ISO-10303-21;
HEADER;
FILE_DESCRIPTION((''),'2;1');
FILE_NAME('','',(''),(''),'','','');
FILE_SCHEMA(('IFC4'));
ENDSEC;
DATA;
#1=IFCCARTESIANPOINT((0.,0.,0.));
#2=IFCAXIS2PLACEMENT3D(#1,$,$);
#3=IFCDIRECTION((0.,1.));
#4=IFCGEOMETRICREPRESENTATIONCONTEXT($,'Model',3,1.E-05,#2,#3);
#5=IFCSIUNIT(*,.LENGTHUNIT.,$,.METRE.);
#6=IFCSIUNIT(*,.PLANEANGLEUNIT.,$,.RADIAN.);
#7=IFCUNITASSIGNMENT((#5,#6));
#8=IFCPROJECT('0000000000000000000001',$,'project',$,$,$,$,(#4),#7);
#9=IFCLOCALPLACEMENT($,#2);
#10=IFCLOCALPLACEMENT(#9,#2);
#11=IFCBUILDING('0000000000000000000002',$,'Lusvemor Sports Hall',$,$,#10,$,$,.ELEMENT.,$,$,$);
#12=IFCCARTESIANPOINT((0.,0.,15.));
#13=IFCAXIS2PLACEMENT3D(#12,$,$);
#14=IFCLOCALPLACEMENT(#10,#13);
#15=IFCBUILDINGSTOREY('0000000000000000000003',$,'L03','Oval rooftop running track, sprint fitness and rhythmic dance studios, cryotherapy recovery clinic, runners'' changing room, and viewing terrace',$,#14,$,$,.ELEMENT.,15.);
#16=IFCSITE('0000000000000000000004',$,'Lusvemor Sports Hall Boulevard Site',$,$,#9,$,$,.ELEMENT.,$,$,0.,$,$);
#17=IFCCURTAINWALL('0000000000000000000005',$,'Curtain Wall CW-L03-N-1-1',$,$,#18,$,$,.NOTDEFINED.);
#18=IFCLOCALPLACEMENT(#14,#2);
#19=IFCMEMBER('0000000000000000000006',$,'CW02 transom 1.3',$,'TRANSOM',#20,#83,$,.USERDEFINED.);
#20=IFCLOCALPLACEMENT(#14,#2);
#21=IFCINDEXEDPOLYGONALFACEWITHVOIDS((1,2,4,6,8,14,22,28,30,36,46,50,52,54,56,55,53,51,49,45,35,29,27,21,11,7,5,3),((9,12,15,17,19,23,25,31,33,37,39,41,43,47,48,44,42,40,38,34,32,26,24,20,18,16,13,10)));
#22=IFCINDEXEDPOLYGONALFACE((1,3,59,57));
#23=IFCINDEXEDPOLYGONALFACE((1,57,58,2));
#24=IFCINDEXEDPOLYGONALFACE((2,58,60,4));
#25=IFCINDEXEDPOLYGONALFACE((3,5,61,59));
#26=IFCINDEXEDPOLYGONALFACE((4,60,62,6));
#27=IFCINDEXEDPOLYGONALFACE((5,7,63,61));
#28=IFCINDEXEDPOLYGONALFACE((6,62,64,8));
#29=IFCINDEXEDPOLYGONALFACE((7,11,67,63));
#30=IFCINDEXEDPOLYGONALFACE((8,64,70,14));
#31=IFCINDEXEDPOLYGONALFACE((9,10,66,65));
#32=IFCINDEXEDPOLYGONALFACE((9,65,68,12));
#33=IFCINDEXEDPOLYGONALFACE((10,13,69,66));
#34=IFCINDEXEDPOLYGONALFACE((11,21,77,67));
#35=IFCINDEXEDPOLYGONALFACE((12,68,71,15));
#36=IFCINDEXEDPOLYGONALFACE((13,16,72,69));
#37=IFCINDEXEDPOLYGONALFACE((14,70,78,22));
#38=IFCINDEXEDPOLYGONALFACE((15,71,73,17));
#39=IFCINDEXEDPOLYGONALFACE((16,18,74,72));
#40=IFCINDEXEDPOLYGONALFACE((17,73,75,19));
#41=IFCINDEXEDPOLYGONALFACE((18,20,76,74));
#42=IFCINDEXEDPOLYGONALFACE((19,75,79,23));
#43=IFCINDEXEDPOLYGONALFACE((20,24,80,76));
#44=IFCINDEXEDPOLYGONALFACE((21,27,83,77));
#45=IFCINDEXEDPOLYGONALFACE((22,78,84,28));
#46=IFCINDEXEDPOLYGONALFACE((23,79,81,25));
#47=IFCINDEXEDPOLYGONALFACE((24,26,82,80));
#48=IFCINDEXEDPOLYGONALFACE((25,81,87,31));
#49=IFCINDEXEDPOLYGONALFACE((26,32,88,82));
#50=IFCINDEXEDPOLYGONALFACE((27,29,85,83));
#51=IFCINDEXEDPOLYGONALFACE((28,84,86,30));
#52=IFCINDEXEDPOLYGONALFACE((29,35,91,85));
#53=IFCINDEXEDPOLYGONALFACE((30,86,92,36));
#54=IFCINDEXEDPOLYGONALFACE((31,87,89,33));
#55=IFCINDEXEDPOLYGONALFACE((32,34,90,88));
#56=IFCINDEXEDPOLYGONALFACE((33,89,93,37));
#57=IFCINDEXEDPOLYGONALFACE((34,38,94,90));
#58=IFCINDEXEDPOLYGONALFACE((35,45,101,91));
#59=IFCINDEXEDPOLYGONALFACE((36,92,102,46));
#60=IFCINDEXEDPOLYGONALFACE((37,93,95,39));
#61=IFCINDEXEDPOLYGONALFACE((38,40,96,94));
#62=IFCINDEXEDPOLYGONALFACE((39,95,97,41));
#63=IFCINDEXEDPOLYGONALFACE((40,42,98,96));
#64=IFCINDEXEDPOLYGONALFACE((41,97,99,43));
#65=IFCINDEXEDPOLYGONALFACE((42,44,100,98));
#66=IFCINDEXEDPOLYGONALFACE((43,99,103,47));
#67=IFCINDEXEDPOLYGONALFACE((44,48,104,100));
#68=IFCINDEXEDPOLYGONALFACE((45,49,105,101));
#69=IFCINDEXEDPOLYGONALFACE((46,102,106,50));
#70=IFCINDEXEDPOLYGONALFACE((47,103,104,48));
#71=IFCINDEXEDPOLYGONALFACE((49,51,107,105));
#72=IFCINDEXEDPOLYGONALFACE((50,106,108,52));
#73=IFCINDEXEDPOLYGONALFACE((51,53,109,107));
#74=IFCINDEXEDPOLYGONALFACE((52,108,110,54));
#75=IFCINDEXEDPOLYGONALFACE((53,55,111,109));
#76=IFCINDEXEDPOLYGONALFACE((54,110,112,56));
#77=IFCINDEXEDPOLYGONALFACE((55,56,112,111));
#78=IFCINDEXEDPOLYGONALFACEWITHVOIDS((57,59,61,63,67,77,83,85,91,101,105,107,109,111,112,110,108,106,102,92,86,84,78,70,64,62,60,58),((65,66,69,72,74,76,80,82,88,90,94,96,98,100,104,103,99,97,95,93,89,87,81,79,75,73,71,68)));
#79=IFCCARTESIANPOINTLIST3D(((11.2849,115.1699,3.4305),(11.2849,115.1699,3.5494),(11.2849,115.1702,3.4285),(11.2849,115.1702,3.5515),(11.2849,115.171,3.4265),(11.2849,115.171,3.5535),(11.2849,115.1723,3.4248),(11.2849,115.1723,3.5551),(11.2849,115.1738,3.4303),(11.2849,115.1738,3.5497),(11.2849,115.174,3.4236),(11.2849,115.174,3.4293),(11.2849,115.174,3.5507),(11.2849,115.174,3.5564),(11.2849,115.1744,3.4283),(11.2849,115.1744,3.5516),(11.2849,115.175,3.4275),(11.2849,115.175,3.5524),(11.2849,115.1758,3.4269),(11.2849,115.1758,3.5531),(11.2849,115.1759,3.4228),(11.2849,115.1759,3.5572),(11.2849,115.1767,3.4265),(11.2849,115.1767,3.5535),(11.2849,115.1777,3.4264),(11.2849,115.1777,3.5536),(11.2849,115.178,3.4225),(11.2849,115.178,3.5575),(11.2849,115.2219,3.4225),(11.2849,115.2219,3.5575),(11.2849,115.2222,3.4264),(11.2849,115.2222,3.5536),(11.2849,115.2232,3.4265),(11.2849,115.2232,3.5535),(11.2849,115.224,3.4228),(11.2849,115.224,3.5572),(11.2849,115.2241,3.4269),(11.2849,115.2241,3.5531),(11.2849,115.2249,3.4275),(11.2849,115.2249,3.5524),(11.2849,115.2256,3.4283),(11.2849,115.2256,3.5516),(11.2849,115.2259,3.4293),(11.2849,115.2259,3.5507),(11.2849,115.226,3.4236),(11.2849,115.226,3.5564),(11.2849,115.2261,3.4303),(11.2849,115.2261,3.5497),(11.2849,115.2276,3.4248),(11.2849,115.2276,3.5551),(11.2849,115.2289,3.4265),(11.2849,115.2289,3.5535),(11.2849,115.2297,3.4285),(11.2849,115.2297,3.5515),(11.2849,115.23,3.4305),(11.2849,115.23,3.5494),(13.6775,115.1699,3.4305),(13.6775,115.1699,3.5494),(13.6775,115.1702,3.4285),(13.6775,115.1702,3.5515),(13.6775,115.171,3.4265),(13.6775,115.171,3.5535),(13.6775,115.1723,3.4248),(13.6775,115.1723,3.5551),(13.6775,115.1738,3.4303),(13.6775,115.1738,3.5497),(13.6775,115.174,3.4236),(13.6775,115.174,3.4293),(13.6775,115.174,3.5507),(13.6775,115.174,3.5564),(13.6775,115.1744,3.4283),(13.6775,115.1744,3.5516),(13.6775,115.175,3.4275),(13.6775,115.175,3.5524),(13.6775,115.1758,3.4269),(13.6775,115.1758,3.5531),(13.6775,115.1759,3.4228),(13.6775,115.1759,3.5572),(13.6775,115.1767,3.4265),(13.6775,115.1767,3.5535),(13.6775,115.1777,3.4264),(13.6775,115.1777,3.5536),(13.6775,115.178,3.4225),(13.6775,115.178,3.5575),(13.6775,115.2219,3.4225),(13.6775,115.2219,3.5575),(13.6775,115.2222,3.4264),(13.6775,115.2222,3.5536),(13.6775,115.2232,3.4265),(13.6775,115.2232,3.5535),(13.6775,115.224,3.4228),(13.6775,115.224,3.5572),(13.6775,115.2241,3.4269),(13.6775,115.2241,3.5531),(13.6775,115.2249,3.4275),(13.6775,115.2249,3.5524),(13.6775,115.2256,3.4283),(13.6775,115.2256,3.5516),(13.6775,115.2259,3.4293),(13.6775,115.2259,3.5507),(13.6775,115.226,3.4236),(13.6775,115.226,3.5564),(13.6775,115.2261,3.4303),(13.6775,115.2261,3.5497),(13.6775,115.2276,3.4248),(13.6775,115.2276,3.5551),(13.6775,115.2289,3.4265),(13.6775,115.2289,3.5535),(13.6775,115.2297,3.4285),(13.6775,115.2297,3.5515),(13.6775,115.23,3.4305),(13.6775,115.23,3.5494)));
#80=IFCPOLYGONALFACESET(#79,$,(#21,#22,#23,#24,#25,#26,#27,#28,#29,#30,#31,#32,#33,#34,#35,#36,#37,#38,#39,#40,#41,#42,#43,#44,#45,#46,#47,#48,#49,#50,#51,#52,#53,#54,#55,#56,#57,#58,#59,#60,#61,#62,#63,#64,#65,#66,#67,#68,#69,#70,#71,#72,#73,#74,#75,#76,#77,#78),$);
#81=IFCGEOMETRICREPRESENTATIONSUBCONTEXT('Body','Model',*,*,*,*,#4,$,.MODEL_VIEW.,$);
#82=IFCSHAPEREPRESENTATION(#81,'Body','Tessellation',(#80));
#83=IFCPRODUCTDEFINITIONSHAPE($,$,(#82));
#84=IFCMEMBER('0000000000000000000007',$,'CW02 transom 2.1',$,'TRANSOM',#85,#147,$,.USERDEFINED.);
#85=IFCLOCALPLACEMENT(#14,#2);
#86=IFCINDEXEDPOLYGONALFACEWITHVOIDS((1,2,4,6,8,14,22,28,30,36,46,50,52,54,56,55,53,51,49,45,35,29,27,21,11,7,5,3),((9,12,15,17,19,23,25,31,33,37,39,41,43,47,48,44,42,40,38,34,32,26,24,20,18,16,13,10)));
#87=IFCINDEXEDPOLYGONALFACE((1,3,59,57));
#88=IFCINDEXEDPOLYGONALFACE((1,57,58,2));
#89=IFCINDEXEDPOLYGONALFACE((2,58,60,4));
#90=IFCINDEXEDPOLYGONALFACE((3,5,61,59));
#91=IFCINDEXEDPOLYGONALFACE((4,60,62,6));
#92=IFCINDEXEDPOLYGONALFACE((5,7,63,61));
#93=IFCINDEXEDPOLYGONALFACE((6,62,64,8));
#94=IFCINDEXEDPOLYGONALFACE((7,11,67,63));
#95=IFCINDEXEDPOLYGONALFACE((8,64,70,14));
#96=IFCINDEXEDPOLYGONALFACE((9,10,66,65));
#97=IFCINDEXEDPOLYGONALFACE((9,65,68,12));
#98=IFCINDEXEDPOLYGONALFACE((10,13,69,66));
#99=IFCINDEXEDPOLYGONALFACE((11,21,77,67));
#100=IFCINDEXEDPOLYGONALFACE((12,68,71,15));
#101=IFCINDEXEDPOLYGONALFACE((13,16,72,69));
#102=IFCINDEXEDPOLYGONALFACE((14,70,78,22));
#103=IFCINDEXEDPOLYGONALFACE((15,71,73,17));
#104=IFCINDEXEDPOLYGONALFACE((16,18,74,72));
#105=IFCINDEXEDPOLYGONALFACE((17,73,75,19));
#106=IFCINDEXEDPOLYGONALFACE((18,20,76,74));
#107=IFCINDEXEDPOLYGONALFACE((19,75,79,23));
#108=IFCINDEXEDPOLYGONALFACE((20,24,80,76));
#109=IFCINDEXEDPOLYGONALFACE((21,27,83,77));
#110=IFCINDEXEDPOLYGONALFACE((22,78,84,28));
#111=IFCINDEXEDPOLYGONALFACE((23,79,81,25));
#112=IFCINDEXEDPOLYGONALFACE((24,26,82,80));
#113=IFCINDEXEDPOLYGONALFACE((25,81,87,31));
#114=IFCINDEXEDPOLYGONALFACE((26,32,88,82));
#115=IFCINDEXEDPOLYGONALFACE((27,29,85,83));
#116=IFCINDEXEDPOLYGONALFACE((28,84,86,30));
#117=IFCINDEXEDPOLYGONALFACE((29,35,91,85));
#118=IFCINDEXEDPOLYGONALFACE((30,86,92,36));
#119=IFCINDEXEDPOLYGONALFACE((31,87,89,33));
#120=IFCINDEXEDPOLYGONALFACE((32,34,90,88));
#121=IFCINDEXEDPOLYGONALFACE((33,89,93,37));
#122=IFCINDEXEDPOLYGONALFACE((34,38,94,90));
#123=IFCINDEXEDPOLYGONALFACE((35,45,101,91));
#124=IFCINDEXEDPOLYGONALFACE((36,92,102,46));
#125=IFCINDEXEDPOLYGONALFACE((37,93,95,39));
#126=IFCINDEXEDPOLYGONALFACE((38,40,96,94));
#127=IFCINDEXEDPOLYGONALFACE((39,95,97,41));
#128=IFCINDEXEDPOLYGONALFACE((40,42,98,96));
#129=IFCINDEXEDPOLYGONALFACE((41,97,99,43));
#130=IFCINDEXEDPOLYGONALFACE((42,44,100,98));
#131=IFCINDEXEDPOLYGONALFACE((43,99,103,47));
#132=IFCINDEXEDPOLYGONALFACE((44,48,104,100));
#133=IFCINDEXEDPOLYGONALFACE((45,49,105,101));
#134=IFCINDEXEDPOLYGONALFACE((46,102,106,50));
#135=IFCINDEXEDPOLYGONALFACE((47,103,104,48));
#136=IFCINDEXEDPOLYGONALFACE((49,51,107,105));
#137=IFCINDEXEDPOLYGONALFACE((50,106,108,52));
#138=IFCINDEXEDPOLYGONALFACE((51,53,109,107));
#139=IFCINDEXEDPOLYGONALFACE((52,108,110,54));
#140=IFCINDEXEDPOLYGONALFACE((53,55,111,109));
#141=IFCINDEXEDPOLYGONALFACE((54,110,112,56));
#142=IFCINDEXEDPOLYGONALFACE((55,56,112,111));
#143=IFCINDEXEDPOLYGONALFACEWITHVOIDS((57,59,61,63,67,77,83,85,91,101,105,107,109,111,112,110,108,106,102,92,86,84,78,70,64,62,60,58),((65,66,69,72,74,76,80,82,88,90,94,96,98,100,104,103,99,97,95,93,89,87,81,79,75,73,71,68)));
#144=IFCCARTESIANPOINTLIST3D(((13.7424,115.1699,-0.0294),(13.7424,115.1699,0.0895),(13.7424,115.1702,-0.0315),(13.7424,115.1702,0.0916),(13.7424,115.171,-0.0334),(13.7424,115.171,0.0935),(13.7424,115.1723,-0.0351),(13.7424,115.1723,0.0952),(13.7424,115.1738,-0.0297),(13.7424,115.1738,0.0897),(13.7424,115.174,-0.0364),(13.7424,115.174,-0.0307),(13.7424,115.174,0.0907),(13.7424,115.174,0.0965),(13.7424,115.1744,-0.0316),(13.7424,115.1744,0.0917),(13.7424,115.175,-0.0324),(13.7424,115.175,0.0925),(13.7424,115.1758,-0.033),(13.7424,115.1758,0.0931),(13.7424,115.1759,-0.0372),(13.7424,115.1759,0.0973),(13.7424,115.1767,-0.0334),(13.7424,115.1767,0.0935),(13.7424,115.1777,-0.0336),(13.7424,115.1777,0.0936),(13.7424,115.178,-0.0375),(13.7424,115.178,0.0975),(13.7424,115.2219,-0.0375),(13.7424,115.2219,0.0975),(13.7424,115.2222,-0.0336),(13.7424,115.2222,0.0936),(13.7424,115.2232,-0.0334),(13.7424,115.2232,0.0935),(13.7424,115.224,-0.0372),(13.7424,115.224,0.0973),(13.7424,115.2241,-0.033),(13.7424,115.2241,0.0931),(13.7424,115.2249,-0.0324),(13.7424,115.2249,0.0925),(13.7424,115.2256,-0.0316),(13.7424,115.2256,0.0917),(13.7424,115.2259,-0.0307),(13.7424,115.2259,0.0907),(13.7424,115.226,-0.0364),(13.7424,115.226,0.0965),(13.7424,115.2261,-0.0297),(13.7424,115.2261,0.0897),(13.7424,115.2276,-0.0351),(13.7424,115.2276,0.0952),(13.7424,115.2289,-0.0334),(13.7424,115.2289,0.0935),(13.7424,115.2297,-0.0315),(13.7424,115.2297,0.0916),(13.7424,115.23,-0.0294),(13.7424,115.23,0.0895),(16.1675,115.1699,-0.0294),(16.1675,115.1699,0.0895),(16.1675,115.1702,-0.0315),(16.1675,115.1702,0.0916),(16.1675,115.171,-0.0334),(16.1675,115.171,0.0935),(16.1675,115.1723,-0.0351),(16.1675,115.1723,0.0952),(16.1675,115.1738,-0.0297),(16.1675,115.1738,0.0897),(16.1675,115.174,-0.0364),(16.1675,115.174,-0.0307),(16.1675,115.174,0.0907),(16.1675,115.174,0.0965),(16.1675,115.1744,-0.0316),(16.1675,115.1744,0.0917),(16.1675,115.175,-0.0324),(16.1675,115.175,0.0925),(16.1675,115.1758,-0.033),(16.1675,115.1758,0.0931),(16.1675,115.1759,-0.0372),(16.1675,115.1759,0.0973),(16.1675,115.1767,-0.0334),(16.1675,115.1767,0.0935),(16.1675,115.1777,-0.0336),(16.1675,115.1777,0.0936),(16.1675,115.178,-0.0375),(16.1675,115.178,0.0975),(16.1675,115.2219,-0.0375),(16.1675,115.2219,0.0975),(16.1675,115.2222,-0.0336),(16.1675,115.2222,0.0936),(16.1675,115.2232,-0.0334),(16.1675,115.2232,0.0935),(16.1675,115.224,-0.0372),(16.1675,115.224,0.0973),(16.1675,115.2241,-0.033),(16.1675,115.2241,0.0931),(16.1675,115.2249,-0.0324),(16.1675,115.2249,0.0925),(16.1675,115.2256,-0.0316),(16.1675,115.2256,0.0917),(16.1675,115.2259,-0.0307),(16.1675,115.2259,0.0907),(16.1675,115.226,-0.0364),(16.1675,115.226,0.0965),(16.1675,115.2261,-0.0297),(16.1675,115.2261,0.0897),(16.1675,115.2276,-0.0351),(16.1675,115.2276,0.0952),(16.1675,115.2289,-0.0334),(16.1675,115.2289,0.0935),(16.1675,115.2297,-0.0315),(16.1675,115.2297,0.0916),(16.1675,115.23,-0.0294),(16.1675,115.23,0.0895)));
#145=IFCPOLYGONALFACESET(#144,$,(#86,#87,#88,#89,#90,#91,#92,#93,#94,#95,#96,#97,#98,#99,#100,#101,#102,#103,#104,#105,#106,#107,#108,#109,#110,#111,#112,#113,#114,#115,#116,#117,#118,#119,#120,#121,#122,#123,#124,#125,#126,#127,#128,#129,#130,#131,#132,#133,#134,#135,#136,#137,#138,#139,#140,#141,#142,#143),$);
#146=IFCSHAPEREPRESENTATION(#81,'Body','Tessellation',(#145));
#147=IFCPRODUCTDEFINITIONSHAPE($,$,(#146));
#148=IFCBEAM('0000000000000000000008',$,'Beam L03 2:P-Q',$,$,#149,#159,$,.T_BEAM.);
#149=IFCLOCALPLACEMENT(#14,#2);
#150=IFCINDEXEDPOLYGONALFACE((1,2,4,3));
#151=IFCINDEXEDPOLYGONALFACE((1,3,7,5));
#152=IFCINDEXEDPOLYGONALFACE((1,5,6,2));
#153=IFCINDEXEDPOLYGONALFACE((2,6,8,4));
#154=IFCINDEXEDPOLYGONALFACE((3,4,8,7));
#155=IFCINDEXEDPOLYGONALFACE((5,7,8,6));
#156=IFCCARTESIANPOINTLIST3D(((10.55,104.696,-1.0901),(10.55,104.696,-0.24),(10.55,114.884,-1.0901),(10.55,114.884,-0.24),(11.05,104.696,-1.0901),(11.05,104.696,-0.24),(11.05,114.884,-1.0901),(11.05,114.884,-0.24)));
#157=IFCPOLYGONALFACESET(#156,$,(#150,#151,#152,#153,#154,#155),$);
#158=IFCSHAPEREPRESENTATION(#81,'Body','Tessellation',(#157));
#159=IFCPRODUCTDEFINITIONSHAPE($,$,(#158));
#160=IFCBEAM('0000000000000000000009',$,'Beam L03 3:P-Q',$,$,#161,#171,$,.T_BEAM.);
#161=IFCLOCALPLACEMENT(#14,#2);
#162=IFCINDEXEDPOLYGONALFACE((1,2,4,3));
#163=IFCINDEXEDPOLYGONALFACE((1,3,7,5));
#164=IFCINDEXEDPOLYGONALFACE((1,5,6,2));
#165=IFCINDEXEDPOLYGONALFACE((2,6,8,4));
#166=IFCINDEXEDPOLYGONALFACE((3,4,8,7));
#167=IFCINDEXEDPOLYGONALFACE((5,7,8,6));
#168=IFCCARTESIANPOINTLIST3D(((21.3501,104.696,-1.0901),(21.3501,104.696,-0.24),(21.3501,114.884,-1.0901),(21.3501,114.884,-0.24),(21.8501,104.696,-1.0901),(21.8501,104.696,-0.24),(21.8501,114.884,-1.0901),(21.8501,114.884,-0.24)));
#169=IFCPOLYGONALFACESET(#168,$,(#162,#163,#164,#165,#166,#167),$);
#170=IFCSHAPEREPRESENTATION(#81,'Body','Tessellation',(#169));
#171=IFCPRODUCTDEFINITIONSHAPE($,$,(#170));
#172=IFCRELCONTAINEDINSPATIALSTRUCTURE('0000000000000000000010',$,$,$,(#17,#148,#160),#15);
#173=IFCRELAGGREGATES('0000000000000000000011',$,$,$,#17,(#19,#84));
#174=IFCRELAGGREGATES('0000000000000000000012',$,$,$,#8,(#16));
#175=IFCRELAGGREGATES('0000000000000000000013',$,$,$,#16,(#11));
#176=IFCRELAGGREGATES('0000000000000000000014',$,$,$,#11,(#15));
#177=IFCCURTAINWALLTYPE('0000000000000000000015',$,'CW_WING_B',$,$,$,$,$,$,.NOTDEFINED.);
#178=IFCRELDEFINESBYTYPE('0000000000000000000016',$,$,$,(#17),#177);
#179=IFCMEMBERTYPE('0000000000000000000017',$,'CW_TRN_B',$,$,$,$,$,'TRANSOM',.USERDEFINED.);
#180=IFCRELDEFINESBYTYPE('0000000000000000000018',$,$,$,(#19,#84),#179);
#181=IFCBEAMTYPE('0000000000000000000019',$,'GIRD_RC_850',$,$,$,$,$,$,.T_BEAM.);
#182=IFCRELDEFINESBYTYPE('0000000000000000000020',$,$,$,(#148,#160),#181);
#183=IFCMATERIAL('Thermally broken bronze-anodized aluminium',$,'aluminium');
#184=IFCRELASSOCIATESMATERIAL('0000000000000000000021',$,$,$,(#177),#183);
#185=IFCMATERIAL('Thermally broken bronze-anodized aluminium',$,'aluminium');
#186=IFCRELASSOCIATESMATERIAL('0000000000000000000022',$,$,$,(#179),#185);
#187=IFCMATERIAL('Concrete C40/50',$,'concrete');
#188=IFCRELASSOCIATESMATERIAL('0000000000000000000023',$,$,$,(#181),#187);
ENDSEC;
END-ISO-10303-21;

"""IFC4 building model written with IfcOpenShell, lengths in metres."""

from ifc_helpers import new_model, si_unit, direction, frame, origin, origin_2d, place, context, subcontext, project, spatial, rectangle, hollow_rectangle, extrude, material, material_profile, profile_set, type_object, element, aggregate, save


model = new_model("IFC4")

# Units and contexts
model_context = context("Model", 3, precision=1e-05, world=origin(), true_north=direction((0.0, 1.0)))
body_context = subcontext(model_context, "Body", "Model", "MODEL_VIEW")
ifc_project = project(units=[si_unit("LENGTHUNIT", "METRE"), si_unit("PLANEANGLEUNIT", "RADIAN")], contexts=[model_context])

# Site, building, storey
site_placement = place(None, origin())
site = spatial("IfcSite", under=ifc_project, at=site_placement, Name="Lusvemor Sports Hall Boulevard Site", CompositionType="ELEMENT", RefElevation=0.0)
building_placement = place(site_placement, origin())
building = spatial("IfcBuilding", under=site, at=building_placement, Name="Lusvemor Sports Hall", CompositionType="ELEMENT")
storey_placement = place(building_placement, frame((0.0, 0.0, 15.0)))
storey = spatial("IfcBuildingStorey", under=building, at=storey_placement, Name="L03", Description="Oval rooftop running track, sprint fitness and rhythmic dance studios, cryotherapy recovery clinic, runners' changing room, and viewing terrace", CompositionType="ELEMENT", Elevation=15.0)

# Curtain wall, members
ifc_material_1 = material(Name="Thermally broken bronze-anodized aluminium", Category="aluminium")
curtain_wall_type = type_object("IfcCurtainWallType", Name="CW_WING_B", PredefinedType="NOTDEFINED", material=ifc_material_1)
curtain_wall_placement = place(storey_placement, origin())
curtain_wall = element("IfcCurtainWall", 1, at=curtain_wall_placement, inside=storey, type_object=curtain_wall_type, Name="Curtain Wall CW-L03-N-1-1", PredefinedType="NOTDEFINED")
ifc_material_2 = material(Name="Thermally broken bronze-anodized aluminium", Category="aluminium")
ifc_material_profile_1 = material_profile(ifc_material_2, hollow_rectangle(XDim=0.0601, YDim=0.135, WallThickness=0.0039, InnerFilletRadius=0.0039, OuterFilletRadius=0.0081, at=origin_2d()), Name="CWTRN135x60x4")
ifc_profile_set_1 = profile_set([ifc_material_profile_1], Name="Thermally broken bronze-anodized aluminium")
member_type_1 = type_object("IfcMemberType", Name="CW_TRN_B", ElementType="TRANSOM", PredefinedType="USERDEFINED", material=ifc_profile_set_1)
member_1_placement = place(storey_placement, frame((11.2849, 115.2, 3.49), z_axis=(1.0, 0.0, 0.0), x_axis=(0.0, 1.0, 0.0)))
member_1 = element("IfcMember", 2, at=member_1_placement, type_object=member_type_1, Name="CW02 transom 1.3", ObjectType="TRANSOM", PredefinedType="USERDEFINED", context=body_context, shape_type="SweptSolid", body=[
    extrude(hollow_rectangle(XDim=0.0601, YDim=0.135, WallThickness=0.0039, InnerFilletRadius=0.0039, OuterFilletRadius=0.0081, at=origin_2d()), origin(), (0.0, 0.0, 1.0), 2.3926),
])
member_2_placement = place(storey_placement, frame((13.7424, 115.2, 0.03), z_axis=(1.0, 0.0, 0.0), x_axis=(0.0, 1.0, 0.0)))
member_2 = element("IfcMember", 3, at=member_2_placement, type_object=member_type_1, Name="CW02 transom 2.1", ObjectType="TRANSOM", PredefinedType="USERDEFINED", context=body_context, shape_type="SweptSolid", body=[
    extrude(hollow_rectangle(XDim=0.0601, YDim=0.135, WallThickness=0.0039, InnerFilletRadius=0.0039, OuterFilletRadius=0.0081, at=origin_2d()), origin(), (0.0, 0.0, 1.0), 2.425),
])

# Beams
ifc_material_3 = material(Name="Concrete C40/50", Category="concrete")
ifc_material_profile_2 = material_profile(ifc_material_3, rectangle(XDim=0.5, YDim=0.8501, at=origin_2d()), Name="RC500x850")
ifc_profile_set_2 = profile_set([ifc_material_profile_2], Name="Concrete C40/50")
beam_type_1 = type_object("IfcBeamType", Name="GIRD_RC_850", PredefinedType="T_BEAM", material=ifc_profile_set_2)
for number, where, z_axis, x_axis, name in (
    (4, (10.8, 104.696, -0.665), (0.0, 1.0, 0.0), (-1.0, 0.0, 0.0), "Beam L03 2:P-Q"),
    (5, (21.6001, 104.696, -0.665), (0.0, 1.0, 0.0), (-1.0, 0.0, 0.0), "Beam L03 3:P-Q"),
):
    element("IfcBeam", number, at=place(storey_placement, frame(where, z_axis=z_axis, x_axis=x_axis)), inside=storey, type_object=beam_type_1, Name=name, PredefinedType="T_BEAM", context=body_context, shape_type="SweptSolid", body=[
        extrude(rectangle(XDim=0.5, YDim=0.8501, at=origin_2d()), origin(), (0.0, 0.0, 1.0), 10.188),
    ])

aggregate(curtain_wall, [member_1, member_2])

save(model, "model.ifc")
